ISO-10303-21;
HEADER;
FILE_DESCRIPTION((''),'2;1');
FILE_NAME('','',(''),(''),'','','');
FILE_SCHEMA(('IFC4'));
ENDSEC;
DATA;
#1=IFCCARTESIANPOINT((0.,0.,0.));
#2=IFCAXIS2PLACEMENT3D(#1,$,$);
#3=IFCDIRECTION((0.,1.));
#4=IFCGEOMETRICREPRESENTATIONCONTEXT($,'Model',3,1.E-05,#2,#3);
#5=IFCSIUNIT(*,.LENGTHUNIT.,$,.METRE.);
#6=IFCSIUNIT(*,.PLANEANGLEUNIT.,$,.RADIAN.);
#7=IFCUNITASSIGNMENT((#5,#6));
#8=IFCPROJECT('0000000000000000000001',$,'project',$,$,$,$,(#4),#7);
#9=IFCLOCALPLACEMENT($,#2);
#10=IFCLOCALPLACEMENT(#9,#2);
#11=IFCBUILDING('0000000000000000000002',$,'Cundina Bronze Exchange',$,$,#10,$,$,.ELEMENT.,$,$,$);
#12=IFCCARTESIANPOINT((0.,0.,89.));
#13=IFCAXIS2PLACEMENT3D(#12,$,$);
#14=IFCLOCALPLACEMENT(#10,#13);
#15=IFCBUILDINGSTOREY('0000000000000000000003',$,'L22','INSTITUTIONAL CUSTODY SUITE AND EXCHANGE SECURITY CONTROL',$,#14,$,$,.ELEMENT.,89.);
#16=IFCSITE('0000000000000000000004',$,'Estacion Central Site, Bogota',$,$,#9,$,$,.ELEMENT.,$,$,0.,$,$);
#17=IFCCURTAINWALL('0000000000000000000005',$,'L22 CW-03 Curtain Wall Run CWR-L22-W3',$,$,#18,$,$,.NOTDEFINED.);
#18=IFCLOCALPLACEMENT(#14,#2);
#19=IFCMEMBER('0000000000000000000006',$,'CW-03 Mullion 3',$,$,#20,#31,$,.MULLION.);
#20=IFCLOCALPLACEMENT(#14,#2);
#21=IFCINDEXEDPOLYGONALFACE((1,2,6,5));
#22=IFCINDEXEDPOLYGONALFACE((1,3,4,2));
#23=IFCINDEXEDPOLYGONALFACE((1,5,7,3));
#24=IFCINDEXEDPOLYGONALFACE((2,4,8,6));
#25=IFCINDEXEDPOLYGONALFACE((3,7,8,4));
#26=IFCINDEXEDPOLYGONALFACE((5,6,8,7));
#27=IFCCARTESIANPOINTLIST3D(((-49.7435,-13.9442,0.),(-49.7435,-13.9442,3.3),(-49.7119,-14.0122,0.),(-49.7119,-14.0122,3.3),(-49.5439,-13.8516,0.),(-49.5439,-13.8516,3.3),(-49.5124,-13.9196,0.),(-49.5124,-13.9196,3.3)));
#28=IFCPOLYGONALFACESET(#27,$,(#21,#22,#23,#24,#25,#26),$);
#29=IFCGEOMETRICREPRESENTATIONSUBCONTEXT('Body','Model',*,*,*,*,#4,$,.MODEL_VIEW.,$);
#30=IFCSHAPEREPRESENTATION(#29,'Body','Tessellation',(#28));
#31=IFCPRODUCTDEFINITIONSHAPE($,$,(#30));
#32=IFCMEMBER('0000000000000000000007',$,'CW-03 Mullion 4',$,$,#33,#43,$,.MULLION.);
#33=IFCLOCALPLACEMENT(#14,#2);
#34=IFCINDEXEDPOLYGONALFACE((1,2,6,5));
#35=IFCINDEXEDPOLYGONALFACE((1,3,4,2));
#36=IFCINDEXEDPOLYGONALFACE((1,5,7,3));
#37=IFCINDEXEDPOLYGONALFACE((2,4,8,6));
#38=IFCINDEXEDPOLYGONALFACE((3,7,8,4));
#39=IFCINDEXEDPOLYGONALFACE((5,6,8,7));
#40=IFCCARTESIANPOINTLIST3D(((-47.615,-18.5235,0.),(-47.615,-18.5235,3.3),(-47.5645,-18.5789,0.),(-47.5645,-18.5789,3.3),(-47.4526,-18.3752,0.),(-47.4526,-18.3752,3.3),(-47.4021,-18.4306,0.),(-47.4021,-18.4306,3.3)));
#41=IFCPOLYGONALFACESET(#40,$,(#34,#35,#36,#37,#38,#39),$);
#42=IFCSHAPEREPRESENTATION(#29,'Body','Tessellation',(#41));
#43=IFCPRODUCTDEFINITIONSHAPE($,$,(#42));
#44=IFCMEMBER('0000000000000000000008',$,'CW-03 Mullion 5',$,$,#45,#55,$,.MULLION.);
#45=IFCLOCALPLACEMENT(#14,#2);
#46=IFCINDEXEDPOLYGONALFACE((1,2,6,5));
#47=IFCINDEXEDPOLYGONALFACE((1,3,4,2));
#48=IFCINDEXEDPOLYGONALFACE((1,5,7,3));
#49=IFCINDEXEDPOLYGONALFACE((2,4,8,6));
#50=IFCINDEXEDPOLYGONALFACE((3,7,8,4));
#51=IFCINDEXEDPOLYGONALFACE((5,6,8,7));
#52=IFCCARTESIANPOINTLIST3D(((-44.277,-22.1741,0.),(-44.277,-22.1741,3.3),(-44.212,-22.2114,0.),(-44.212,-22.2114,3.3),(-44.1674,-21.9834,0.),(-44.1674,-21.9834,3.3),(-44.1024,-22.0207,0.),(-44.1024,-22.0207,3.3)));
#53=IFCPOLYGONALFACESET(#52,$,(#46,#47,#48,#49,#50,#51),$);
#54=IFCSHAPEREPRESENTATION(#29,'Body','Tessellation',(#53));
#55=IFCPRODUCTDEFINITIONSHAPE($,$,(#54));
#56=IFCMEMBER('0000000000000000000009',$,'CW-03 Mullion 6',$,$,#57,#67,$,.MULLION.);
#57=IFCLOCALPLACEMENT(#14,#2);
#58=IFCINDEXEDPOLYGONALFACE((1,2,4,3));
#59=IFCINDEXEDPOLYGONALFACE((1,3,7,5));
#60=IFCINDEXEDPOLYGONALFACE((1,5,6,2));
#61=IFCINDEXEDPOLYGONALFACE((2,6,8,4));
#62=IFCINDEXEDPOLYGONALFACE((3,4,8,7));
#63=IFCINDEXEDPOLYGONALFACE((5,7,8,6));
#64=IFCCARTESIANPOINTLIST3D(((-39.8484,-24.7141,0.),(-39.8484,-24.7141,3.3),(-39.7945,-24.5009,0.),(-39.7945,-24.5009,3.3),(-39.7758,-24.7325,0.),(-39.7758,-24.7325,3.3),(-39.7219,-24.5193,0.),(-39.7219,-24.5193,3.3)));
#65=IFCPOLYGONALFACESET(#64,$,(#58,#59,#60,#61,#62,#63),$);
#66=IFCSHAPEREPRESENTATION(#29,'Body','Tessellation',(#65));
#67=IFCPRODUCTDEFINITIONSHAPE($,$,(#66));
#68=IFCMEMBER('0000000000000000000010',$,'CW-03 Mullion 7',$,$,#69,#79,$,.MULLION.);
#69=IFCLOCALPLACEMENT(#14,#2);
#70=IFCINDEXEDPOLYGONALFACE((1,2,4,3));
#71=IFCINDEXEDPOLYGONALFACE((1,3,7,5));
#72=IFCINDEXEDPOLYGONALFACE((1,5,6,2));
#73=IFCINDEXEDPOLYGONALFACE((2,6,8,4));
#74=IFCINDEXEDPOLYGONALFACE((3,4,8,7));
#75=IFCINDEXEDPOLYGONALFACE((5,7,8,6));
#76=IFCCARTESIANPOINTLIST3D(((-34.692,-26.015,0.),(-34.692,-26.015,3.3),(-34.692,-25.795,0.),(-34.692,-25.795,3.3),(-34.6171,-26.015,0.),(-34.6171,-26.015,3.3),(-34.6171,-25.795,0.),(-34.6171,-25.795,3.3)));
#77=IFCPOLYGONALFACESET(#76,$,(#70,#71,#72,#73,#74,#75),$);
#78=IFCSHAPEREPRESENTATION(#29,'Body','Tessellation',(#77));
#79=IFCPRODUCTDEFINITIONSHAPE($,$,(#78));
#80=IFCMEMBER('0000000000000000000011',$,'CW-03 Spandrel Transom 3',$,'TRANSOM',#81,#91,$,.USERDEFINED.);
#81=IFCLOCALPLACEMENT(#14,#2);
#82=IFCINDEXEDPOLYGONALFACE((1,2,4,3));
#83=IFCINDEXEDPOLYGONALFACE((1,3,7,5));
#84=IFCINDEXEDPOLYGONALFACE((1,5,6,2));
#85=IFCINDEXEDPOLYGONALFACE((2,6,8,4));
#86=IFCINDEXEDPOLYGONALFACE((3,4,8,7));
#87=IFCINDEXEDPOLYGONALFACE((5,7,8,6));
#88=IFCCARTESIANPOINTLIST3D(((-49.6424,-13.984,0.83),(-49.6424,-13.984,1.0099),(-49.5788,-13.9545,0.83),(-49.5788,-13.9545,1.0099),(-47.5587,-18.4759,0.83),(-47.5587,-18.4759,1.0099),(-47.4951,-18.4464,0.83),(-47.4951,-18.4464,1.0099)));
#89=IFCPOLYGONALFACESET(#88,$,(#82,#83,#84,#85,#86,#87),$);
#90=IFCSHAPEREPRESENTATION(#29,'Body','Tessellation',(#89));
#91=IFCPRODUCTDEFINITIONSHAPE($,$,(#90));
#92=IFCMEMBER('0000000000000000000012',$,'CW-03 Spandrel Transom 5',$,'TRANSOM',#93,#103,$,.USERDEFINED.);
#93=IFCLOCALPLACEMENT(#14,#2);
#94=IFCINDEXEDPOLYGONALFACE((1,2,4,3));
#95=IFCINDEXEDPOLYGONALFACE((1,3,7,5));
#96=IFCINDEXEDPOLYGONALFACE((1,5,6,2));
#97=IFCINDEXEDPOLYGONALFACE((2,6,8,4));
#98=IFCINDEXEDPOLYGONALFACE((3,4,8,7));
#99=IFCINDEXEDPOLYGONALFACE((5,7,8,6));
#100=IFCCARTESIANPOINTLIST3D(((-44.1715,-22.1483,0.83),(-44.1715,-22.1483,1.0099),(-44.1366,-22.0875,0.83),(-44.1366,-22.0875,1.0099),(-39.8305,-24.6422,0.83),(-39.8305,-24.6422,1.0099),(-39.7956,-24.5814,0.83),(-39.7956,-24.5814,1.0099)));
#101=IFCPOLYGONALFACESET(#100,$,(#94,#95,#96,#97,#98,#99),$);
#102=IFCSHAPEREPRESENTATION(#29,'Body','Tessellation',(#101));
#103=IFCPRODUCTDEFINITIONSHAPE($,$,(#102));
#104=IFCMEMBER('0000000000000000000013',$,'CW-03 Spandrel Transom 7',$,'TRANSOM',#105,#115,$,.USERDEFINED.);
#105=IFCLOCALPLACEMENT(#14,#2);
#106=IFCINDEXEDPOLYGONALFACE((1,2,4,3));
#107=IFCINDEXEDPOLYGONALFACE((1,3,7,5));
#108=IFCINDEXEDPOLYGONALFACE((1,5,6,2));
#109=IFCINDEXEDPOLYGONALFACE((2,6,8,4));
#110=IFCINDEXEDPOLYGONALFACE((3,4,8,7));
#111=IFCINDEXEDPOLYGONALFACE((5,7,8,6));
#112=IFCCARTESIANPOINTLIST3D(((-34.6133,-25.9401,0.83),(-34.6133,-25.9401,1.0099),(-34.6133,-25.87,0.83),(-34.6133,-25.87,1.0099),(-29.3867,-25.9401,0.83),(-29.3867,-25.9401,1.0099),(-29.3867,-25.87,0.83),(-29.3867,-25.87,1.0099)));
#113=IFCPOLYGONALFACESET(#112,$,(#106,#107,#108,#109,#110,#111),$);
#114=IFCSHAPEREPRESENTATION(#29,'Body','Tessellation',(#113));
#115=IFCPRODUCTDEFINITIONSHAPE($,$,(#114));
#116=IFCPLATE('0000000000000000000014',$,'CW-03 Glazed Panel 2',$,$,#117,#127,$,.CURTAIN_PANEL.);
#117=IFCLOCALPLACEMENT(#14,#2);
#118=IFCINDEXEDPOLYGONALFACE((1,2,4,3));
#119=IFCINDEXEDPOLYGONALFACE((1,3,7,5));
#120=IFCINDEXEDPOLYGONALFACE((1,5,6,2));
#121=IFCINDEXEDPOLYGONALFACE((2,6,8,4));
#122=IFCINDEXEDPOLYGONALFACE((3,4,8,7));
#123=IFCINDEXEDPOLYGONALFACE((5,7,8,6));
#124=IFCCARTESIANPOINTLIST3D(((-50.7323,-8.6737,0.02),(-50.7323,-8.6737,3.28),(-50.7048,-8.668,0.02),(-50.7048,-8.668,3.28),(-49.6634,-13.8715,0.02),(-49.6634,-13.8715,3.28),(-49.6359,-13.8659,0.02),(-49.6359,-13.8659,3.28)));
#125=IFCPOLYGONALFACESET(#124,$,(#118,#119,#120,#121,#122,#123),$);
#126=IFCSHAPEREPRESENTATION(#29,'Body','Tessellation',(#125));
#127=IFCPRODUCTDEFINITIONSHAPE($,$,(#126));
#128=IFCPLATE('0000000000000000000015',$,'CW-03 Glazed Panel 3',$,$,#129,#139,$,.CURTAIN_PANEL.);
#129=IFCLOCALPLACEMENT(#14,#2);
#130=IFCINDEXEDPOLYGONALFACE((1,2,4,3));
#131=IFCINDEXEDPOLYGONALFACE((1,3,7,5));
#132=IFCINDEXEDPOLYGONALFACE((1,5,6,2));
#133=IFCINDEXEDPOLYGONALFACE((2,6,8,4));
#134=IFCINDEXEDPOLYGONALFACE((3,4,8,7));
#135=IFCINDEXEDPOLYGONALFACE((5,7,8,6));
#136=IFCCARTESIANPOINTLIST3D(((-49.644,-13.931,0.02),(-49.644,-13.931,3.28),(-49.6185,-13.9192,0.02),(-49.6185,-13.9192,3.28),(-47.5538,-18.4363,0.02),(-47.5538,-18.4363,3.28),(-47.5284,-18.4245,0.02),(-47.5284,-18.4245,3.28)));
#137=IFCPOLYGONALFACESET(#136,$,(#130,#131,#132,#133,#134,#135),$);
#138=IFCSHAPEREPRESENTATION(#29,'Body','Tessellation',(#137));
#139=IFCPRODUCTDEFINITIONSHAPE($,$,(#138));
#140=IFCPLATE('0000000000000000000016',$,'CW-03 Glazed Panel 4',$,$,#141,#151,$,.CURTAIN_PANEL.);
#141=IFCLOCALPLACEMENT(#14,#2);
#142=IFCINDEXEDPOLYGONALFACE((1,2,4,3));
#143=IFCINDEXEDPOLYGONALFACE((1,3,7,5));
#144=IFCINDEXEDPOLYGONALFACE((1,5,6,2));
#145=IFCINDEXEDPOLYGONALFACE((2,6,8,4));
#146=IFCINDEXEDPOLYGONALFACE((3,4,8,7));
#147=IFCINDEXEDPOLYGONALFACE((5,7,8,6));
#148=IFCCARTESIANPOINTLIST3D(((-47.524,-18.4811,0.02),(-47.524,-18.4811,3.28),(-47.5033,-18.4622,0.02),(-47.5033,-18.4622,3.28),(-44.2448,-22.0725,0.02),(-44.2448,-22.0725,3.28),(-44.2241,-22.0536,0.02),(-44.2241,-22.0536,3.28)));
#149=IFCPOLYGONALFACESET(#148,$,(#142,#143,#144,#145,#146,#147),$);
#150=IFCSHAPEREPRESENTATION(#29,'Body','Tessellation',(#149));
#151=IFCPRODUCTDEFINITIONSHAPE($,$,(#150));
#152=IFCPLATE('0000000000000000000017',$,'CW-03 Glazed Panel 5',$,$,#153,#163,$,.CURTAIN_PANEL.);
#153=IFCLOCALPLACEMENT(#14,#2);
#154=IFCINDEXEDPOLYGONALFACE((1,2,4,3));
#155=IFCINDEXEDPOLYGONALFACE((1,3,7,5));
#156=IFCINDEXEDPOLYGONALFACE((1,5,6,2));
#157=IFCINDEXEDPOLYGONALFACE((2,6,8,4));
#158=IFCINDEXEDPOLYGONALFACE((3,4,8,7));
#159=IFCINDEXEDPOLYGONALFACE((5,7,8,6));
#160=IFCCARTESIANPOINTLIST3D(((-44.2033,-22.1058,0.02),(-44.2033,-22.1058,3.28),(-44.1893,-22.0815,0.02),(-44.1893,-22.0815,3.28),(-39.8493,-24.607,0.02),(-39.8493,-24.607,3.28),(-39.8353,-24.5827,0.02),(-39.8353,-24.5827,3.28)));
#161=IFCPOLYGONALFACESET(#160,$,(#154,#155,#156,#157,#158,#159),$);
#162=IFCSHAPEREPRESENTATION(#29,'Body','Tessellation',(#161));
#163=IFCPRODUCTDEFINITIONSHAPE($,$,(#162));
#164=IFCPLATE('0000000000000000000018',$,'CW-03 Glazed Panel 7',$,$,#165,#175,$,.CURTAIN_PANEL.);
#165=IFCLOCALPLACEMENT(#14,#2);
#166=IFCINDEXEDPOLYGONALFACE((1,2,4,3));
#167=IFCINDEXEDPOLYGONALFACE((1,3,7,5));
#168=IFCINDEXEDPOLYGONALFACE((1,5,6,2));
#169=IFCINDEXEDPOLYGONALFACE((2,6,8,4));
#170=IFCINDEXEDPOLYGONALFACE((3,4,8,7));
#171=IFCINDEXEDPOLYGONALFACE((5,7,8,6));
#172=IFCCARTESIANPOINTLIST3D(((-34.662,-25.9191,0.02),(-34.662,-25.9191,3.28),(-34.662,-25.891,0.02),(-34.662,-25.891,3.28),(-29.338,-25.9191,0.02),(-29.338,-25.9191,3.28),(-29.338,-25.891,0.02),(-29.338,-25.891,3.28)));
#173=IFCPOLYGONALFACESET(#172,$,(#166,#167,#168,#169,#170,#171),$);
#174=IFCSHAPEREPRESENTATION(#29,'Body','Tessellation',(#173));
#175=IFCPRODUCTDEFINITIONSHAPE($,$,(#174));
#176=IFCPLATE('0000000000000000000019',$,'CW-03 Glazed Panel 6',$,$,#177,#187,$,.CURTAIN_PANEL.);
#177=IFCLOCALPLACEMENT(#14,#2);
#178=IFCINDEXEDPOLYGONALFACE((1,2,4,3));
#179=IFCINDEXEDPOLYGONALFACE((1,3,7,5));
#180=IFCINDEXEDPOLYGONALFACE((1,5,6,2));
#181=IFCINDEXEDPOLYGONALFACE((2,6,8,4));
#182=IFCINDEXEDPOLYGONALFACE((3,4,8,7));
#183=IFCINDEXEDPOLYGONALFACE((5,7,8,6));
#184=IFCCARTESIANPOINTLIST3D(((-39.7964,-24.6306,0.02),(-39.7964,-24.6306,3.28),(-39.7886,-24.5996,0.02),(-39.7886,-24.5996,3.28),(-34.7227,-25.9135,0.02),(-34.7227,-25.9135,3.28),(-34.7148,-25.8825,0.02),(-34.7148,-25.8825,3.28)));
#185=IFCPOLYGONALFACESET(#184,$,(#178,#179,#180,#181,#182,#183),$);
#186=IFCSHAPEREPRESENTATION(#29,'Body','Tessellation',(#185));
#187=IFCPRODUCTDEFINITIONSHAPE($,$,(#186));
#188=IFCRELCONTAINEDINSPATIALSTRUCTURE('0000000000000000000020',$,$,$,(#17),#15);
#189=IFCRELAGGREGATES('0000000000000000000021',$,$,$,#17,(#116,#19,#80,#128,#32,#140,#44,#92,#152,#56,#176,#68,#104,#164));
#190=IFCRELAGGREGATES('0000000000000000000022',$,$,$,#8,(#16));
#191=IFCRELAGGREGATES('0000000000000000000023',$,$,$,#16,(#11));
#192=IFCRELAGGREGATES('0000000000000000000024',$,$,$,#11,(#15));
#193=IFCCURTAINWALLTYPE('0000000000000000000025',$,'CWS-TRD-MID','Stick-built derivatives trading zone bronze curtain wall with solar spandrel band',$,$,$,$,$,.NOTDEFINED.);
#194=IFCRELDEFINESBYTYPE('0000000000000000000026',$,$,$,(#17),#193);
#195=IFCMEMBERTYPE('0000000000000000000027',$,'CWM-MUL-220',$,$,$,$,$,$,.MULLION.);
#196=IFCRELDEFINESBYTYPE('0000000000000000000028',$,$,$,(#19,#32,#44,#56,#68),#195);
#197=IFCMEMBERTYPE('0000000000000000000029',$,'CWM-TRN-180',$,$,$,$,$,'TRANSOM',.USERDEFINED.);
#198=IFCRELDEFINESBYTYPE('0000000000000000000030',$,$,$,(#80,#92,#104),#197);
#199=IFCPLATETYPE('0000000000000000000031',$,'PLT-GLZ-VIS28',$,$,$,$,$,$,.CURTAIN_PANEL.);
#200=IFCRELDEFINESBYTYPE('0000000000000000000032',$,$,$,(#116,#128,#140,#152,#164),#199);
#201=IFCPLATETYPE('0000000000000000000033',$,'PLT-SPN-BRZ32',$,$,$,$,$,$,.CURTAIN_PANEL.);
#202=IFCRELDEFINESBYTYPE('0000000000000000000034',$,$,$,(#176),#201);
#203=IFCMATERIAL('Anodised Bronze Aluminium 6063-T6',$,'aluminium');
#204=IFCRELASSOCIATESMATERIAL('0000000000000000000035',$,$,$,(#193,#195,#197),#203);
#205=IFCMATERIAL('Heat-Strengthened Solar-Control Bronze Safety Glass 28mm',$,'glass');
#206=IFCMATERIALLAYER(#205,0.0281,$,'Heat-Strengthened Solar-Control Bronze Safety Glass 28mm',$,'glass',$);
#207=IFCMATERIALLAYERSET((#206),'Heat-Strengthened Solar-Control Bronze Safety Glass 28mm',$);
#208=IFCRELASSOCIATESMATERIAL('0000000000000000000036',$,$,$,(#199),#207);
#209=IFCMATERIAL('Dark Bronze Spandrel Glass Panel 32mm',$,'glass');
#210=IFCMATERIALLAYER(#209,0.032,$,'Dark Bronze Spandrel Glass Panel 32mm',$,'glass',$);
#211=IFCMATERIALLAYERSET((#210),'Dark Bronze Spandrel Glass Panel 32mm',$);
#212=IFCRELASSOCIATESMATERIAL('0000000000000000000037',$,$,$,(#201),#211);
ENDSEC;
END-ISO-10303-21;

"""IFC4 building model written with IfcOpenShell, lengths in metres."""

from ifc_helpers import new_model, si_unit, direction, frame, origin, origin_2d, place, context, subcontext, project, spatial, rectangle, extrude, material, layer, layer_set, material_profile, profile_set, type_object, element, aggregate, save


model = new_model("IFC4")

# Units and contexts
model_context = context("Model", 3, precision=1e-05, world=origin(), true_north=direction((0.0, 1.0)))
body_context = subcontext(model_context, "Body", "Model", "MODEL_VIEW")
ifc_project = project(units=[si_unit("LENGTHUNIT", "METRE"), si_unit("PLANEANGLEUNIT", "RADIAN")], contexts=[model_context])

# Site, building, storey
site_placement = place(None, origin())
site = spatial("IfcSite", under=ifc_project, at=site_placement, Name="Estacion Central Site, Bogota", CompositionType="ELEMENT", RefElevation=0.0)
building_placement = place(site_placement, origin())
building = spatial("IfcBuilding", under=site, at=building_placement, Name="Cundina Bronze Exchange", CompositionType="ELEMENT")
storey_placement = place(building_placement, frame((0.0, 0.0, 89.0)))
storey = spatial("IfcBuildingStorey", under=building, at=storey_placement, Name="L22", Description="INSTITUTIONAL CUSTODY SUITE AND EXCHANGE SECURITY CONTROL", CompositionType="ELEMENT", Elevation=89.0)

# Curtain wall, members, plates
ifc_material_1 = material(Name="Anodised Bronze Aluminium 6063-T6", Category="aluminium")
curtain_wall_type = type_object("IfcCurtainWallType", Name="CWS-TRD-MID", Description="Stick-built derivatives trading zone bronze curtain wall with solar spandrel band", PredefinedType="NOTDEFINED", material=ifc_material_1)
curtain_wall_placement = place(storey_placement, origin())
curtain_wall = element("IfcCurtainWall", 1, at=curtain_wall_placement, inside=storey, type_object=curtain_wall_type, Name="L22 CW-03 Curtain Wall Run CWR-L22-W3", PredefinedType="NOTDEFINED")
ifc_material_profile_1 = material_profile(ifc_material_1, rectangle(XDim=0.075, YDim=0.22, at=origin_2d()), Name="AL75X220", Category="aluminium")
ifc_profile_set_1 = profile_set([ifc_material_profile_1], Name="Anodised Bronze Aluminium 6063-T6")
member_type_1 = type_object("IfcMemberType", Name="CWM-MUL-220", PredefinedType="MULLION", material=ifc_profile_set_1)
member_1_placement = place(storey_placement, frame((-49.6279, -13.9319, 0.0), z_axis=(0.0, 0.0, 1.0), x_axis=(0.420877, -0.907117, 0.0)))
member_1 = element("IfcMember", 2, at=member_1_placement, type_object=member_type_1, Name="CW-03 Mullion 3", PredefinedType="MULLION", context=body_context, shape_type="SweptSolid", body=[
    extrude(rectangle(XDim=0.075, YDim=0.22, at=origin_2d()), origin(), (0.0, 0.0, 1.0), 3.3),
])
member_2_placement = place(storey_placement, frame((-47.5085, -18.4771, 0.0), z_axis=(0.0, 0.0, 1.0), x_axis=(0.674302, -0.738455, 0.0)))
member_2 = element("IfcMember", 3, at=member_2_placement, type_object=member_type_1, Name="CW-03 Mullion 4", PredefinedType="MULLION", context=body_context, shape_type="SweptSolid", body=[
    extrude(rectangle(XDim=0.075, YDim=0.22, at=origin_2d()), origin(), (0.0, 0.0, 1.0), 3.3),
])
member_3_placement = place(storey_placement, frame((-44.1897, -22.0974, 0.0), z_axis=(0.0, 0.0, 1.0), x_axis=(0.867071, -0.498185, 0.0)))
member_3 = element("IfcMember", 4, at=member_3_placement, type_object=member_type_1, Name="CW-03 Mullion 5", PredefinedType="MULLION", context=body_context, shape_type="SweptSolid", body=[
    extrude(rectangle(XDim=0.075, YDim=0.22, at=origin_2d()), origin(), (0.0, 0.0, 1.0), 3.3),
])
member_4_placement = place(storey_placement, frame((-39.7852, -24.6167, 0.0), z_axis=(0.0, 0.0, 1.0), x_axis=(0.969488, -0.245138, 0.0)))
member_4 = element("IfcMember", 5, at=member_4_placement, type_object=member_type_1, Name="CW-03 Mullion 6", PredefinedType="MULLION", context=body_context, shape_type="SweptSolid", body=[
    extrude(rectangle(XDim=0.075, YDim=0.22, at=origin_2d()), origin(), (0.0, 0.0, 1.0), 3.3),
])
member_5_placement = place(storey_placement, frame((-34.6545, -25.905, 0.0), z_axis=(0.0, 0.0, 1.0), x_axis=(1.0, 0.0, 0.0)))
member_5 = element("IfcMember", 6, at=member_5_placement, type_object=member_type_1, Name="CW-03 Mullion 7", PredefinedType="MULLION", context=body_context, shape_type="SweptSolid", body=[
    extrude(rectangle(XDim=0.075, YDim=0.22, at=origin_2d()), origin(), (0.0, 0.0, 1.0), 3.3),
])
ifc_material_profile_2 = material_profile(ifc_material_1, rectangle(XDim=0.0701, YDim=0.1799, at=origin_2d()), Name="AL70X180", Category="aluminium")
ifc_profile_set_2 = profile_set([ifc_material_profile_2], Name="Anodised Bronze Aluminium 6063-T6")
member_type_2 = type_object("IfcMemberType", Name="CWM-TRN-180", ElementType="TRANSOM", PredefinedType="USERDEFINED", material=ifc_profile_set_2)
member_6_placement = place(storey_placement, frame((-49.6106, -13.9692, 0.9199), z_axis=(0.420811, -0.907148, 0.0), x_axis=(0.907148, 0.420811, 0.0)))
member_6 = element("IfcMember", 7, at=member_6_placement, type_object=member_type_2, Name="CW-03 Spandrel Transom 3", ObjectType="TRANSOM", PredefinedType="USERDEFINED", context=body_context, shape_type="SweptSolid", body=[
    extrude(rectangle(XDim=0.0701, YDim=0.1799, at=origin_2d()), origin(), (0.0, 0.0, 1.0), 4.9517),
])
member_7_placement = place(storey_placement, frame((-44.1541, -22.1179, 0.9199), z_axis=(0.867097, -0.498139, 0.0), x_axis=(0.498139, 0.867097, 0.0)))
member_7 = element("IfcMember", 8, at=member_7_placement, type_object=member_type_2, Name="CW-03 Spandrel Transom 5", ObjectType="TRANSOM", PredefinedType="USERDEFINED", context=body_context, shape_type="SweptSolid", body=[
    extrude(rectangle(XDim=0.0701, YDim=0.1799, at=origin_2d()), origin(), (0.0, 0.0, 1.0), 5.0063),
])
member_8_placement = place(storey_placement, frame((-34.6133, -25.905, 0.9199), z_axis=(1.0, 0.0, 0.0), x_axis=(0.0, 1.0, 0.0)))
member_8 = element("IfcMember", 9, at=member_8_placement, type_object=member_type_2, Name="CW-03 Spandrel Transom 7", ObjectType="TRANSOM", PredefinedType="USERDEFINED", context=body_context, shape_type="SweptSolid", body=[
    extrude(rectangle(XDim=0.0701, YDim=0.1799, at=origin_2d()), origin(), (0.0, 0.0, 1.0), 5.2266),
])
ifc_material_2 = material(Name="Heat-Strengthened Solar-Control Bronze Safety Glass 28mm", Category="glass")
ifc_layer_1 = layer(ifc_material_2, 0.0281, Name="Heat-Strengthened Solar-Control Bronze Safety Glass 28mm", Category="glass")
ifc_layer_set_1 = layer_set([ifc_layer_1], Name="Heat-Strengthened Solar-Control Bronze Safety Glass 28mm")
plate_type_1 = type_object("IfcPlateType", Name="PLT-GLZ-VIS28", PredefinedType="CURTAIN_PANEL", material=ifc_layer_set_1)
plate_1_placement = place(storey_placement, frame((-50.1841, -11.2698, 0.02), z_axis=(0.0, 0.0, 1.0), x_axis=(0.20142, -0.979505, 0.0)))
plate_1 = element("IfcPlate", 10, at=plate_1_placement, type_object=plate_type_1, Name="CW-03 Glazed Panel 2", PredefinedType="CURTAIN_PANEL", context=body_context, shape_type="SweptSolid", body=[
    extrude(rectangle(XDim=5.3066, YDim=0.0281, at=origin_2d()), origin(), (0.0, 0.0, 1.0), 3.26),
])
plate_2_placement = place(storey_placement, frame((-48.5862, -16.1777, 0.02), z_axis=(0.0, 0.0, 1.0), x_axis=(0.420846, -0.907132, 0.0)))
plate_2 = element("IfcPlate", 11, at=plate_2_placement, type_object=plate_type_1, Name="CW-03 Glazed Panel 3", PredefinedType="CURTAIN_PANEL", context=body_context, shape_type="SweptSolid", body=[
    extrude(rectangle(XDim=4.9666, YDim=0.0281, at=origin_2d()), origin(), (0.0, 0.0, 1.0), 3.26),
])
plate_3_placement = place(storey_placement, frame((-45.874, -20.2673, 0.02), z_axis=(0.0, 0.0, 1.0), x_axis=(0.674277, -0.738479, 0.0)))
plate_3 = element("IfcPlate", 12, at=plate_3_placement, type_object=plate_type_1, Name="CW-03 Glazed Panel 4", PredefinedType="CURTAIN_PANEL", context=body_context, shape_type="SweptSolid", body=[
    extrude(rectangle(XDim=4.8633, YDim=0.0281, at=origin_2d()), origin(), (0.0, 0.0, 1.0), 3.26),
])
plate_4_placement = place(storey_placement, frame((-42.0193, -23.3442, 0.02), z_axis=(0.0, 0.0, 1.0), x_axis=(0.867105, -0.498125, 0.0)))
plate_4 = element("IfcPlate", 13, at=plate_4_placement, type_object=plate_type_1, Name="CW-03 Glazed Panel 5", PredefinedType="CURTAIN_PANEL", context=body_context, shape_type="SweptSolid", body=[
    extrude(rectangle(XDim=5.0212, YDim=0.0281, at=origin_2d()), origin(), (0.0, 0.0, 1.0), 3.26),
])
plate_5_placement = place(storey_placement, frame((-32.0, -25.905, 0.02), z_axis=(0.0, 0.0, 1.0), x_axis=(1.0, 0.0, 0.0)))
plate_5 = element("IfcPlate", 14, at=plate_5_placement, type_object=plate_type_1, Name="CW-03 Glazed Panel 7", PredefinedType="CURTAIN_PANEL", context=body_context, shape_type="SweptSolid", body=[
    extrude(rectangle(XDim=5.324, YDim=0.0281, at=origin_2d()), origin(), (0.0, 0.0, 1.0), 3.26),
])
ifc_material_3 = material(Name="Dark Bronze Spandrel Glass Panel 32mm", Category="glass")
ifc_layer_2 = layer(ifc_material_3, 0.032, Name="Dark Bronze Spandrel Glass Panel 32mm", Category="glass")
ifc_layer_set_2 = layer_set([ifc_layer_2], Name="Dark Bronze Spandrel Glass Panel 32mm")
plate_type_2 = type_object("IfcPlateType", Name="PLT-SPN-BRZ32", PredefinedType="CURTAIN_PANEL", material=ifc_layer_set_2)
plate_6_placement = place(storey_placement, frame((-37.2556, -25.2566, 0.02), z_axis=(0.0, 0.0, 1.0), x_axis=(0.969488, -0.245138, 0.0)))
plate_6 = element("IfcPlate", 15, at=plate_6_placement, type_object=plate_type_2, Name="CW-03 Glazed Panel 6", PredefinedType="CURTAIN_PANEL", context=body_context, shape_type="SweptSolid", body=[
    extrude(rectangle(XDim=5.2334, YDim=0.032, at=origin_2d()), origin(), (0.0, 0.0, 1.0), 3.26),
])
aggregate(curtain_wall, [plate_1, member_1, member_6, plate_2, member_2, plate_3, member_3, member_7, plate_4, member_4, plate_6, member_5, member_8, plate_5])

save(model, "model.ifc")
